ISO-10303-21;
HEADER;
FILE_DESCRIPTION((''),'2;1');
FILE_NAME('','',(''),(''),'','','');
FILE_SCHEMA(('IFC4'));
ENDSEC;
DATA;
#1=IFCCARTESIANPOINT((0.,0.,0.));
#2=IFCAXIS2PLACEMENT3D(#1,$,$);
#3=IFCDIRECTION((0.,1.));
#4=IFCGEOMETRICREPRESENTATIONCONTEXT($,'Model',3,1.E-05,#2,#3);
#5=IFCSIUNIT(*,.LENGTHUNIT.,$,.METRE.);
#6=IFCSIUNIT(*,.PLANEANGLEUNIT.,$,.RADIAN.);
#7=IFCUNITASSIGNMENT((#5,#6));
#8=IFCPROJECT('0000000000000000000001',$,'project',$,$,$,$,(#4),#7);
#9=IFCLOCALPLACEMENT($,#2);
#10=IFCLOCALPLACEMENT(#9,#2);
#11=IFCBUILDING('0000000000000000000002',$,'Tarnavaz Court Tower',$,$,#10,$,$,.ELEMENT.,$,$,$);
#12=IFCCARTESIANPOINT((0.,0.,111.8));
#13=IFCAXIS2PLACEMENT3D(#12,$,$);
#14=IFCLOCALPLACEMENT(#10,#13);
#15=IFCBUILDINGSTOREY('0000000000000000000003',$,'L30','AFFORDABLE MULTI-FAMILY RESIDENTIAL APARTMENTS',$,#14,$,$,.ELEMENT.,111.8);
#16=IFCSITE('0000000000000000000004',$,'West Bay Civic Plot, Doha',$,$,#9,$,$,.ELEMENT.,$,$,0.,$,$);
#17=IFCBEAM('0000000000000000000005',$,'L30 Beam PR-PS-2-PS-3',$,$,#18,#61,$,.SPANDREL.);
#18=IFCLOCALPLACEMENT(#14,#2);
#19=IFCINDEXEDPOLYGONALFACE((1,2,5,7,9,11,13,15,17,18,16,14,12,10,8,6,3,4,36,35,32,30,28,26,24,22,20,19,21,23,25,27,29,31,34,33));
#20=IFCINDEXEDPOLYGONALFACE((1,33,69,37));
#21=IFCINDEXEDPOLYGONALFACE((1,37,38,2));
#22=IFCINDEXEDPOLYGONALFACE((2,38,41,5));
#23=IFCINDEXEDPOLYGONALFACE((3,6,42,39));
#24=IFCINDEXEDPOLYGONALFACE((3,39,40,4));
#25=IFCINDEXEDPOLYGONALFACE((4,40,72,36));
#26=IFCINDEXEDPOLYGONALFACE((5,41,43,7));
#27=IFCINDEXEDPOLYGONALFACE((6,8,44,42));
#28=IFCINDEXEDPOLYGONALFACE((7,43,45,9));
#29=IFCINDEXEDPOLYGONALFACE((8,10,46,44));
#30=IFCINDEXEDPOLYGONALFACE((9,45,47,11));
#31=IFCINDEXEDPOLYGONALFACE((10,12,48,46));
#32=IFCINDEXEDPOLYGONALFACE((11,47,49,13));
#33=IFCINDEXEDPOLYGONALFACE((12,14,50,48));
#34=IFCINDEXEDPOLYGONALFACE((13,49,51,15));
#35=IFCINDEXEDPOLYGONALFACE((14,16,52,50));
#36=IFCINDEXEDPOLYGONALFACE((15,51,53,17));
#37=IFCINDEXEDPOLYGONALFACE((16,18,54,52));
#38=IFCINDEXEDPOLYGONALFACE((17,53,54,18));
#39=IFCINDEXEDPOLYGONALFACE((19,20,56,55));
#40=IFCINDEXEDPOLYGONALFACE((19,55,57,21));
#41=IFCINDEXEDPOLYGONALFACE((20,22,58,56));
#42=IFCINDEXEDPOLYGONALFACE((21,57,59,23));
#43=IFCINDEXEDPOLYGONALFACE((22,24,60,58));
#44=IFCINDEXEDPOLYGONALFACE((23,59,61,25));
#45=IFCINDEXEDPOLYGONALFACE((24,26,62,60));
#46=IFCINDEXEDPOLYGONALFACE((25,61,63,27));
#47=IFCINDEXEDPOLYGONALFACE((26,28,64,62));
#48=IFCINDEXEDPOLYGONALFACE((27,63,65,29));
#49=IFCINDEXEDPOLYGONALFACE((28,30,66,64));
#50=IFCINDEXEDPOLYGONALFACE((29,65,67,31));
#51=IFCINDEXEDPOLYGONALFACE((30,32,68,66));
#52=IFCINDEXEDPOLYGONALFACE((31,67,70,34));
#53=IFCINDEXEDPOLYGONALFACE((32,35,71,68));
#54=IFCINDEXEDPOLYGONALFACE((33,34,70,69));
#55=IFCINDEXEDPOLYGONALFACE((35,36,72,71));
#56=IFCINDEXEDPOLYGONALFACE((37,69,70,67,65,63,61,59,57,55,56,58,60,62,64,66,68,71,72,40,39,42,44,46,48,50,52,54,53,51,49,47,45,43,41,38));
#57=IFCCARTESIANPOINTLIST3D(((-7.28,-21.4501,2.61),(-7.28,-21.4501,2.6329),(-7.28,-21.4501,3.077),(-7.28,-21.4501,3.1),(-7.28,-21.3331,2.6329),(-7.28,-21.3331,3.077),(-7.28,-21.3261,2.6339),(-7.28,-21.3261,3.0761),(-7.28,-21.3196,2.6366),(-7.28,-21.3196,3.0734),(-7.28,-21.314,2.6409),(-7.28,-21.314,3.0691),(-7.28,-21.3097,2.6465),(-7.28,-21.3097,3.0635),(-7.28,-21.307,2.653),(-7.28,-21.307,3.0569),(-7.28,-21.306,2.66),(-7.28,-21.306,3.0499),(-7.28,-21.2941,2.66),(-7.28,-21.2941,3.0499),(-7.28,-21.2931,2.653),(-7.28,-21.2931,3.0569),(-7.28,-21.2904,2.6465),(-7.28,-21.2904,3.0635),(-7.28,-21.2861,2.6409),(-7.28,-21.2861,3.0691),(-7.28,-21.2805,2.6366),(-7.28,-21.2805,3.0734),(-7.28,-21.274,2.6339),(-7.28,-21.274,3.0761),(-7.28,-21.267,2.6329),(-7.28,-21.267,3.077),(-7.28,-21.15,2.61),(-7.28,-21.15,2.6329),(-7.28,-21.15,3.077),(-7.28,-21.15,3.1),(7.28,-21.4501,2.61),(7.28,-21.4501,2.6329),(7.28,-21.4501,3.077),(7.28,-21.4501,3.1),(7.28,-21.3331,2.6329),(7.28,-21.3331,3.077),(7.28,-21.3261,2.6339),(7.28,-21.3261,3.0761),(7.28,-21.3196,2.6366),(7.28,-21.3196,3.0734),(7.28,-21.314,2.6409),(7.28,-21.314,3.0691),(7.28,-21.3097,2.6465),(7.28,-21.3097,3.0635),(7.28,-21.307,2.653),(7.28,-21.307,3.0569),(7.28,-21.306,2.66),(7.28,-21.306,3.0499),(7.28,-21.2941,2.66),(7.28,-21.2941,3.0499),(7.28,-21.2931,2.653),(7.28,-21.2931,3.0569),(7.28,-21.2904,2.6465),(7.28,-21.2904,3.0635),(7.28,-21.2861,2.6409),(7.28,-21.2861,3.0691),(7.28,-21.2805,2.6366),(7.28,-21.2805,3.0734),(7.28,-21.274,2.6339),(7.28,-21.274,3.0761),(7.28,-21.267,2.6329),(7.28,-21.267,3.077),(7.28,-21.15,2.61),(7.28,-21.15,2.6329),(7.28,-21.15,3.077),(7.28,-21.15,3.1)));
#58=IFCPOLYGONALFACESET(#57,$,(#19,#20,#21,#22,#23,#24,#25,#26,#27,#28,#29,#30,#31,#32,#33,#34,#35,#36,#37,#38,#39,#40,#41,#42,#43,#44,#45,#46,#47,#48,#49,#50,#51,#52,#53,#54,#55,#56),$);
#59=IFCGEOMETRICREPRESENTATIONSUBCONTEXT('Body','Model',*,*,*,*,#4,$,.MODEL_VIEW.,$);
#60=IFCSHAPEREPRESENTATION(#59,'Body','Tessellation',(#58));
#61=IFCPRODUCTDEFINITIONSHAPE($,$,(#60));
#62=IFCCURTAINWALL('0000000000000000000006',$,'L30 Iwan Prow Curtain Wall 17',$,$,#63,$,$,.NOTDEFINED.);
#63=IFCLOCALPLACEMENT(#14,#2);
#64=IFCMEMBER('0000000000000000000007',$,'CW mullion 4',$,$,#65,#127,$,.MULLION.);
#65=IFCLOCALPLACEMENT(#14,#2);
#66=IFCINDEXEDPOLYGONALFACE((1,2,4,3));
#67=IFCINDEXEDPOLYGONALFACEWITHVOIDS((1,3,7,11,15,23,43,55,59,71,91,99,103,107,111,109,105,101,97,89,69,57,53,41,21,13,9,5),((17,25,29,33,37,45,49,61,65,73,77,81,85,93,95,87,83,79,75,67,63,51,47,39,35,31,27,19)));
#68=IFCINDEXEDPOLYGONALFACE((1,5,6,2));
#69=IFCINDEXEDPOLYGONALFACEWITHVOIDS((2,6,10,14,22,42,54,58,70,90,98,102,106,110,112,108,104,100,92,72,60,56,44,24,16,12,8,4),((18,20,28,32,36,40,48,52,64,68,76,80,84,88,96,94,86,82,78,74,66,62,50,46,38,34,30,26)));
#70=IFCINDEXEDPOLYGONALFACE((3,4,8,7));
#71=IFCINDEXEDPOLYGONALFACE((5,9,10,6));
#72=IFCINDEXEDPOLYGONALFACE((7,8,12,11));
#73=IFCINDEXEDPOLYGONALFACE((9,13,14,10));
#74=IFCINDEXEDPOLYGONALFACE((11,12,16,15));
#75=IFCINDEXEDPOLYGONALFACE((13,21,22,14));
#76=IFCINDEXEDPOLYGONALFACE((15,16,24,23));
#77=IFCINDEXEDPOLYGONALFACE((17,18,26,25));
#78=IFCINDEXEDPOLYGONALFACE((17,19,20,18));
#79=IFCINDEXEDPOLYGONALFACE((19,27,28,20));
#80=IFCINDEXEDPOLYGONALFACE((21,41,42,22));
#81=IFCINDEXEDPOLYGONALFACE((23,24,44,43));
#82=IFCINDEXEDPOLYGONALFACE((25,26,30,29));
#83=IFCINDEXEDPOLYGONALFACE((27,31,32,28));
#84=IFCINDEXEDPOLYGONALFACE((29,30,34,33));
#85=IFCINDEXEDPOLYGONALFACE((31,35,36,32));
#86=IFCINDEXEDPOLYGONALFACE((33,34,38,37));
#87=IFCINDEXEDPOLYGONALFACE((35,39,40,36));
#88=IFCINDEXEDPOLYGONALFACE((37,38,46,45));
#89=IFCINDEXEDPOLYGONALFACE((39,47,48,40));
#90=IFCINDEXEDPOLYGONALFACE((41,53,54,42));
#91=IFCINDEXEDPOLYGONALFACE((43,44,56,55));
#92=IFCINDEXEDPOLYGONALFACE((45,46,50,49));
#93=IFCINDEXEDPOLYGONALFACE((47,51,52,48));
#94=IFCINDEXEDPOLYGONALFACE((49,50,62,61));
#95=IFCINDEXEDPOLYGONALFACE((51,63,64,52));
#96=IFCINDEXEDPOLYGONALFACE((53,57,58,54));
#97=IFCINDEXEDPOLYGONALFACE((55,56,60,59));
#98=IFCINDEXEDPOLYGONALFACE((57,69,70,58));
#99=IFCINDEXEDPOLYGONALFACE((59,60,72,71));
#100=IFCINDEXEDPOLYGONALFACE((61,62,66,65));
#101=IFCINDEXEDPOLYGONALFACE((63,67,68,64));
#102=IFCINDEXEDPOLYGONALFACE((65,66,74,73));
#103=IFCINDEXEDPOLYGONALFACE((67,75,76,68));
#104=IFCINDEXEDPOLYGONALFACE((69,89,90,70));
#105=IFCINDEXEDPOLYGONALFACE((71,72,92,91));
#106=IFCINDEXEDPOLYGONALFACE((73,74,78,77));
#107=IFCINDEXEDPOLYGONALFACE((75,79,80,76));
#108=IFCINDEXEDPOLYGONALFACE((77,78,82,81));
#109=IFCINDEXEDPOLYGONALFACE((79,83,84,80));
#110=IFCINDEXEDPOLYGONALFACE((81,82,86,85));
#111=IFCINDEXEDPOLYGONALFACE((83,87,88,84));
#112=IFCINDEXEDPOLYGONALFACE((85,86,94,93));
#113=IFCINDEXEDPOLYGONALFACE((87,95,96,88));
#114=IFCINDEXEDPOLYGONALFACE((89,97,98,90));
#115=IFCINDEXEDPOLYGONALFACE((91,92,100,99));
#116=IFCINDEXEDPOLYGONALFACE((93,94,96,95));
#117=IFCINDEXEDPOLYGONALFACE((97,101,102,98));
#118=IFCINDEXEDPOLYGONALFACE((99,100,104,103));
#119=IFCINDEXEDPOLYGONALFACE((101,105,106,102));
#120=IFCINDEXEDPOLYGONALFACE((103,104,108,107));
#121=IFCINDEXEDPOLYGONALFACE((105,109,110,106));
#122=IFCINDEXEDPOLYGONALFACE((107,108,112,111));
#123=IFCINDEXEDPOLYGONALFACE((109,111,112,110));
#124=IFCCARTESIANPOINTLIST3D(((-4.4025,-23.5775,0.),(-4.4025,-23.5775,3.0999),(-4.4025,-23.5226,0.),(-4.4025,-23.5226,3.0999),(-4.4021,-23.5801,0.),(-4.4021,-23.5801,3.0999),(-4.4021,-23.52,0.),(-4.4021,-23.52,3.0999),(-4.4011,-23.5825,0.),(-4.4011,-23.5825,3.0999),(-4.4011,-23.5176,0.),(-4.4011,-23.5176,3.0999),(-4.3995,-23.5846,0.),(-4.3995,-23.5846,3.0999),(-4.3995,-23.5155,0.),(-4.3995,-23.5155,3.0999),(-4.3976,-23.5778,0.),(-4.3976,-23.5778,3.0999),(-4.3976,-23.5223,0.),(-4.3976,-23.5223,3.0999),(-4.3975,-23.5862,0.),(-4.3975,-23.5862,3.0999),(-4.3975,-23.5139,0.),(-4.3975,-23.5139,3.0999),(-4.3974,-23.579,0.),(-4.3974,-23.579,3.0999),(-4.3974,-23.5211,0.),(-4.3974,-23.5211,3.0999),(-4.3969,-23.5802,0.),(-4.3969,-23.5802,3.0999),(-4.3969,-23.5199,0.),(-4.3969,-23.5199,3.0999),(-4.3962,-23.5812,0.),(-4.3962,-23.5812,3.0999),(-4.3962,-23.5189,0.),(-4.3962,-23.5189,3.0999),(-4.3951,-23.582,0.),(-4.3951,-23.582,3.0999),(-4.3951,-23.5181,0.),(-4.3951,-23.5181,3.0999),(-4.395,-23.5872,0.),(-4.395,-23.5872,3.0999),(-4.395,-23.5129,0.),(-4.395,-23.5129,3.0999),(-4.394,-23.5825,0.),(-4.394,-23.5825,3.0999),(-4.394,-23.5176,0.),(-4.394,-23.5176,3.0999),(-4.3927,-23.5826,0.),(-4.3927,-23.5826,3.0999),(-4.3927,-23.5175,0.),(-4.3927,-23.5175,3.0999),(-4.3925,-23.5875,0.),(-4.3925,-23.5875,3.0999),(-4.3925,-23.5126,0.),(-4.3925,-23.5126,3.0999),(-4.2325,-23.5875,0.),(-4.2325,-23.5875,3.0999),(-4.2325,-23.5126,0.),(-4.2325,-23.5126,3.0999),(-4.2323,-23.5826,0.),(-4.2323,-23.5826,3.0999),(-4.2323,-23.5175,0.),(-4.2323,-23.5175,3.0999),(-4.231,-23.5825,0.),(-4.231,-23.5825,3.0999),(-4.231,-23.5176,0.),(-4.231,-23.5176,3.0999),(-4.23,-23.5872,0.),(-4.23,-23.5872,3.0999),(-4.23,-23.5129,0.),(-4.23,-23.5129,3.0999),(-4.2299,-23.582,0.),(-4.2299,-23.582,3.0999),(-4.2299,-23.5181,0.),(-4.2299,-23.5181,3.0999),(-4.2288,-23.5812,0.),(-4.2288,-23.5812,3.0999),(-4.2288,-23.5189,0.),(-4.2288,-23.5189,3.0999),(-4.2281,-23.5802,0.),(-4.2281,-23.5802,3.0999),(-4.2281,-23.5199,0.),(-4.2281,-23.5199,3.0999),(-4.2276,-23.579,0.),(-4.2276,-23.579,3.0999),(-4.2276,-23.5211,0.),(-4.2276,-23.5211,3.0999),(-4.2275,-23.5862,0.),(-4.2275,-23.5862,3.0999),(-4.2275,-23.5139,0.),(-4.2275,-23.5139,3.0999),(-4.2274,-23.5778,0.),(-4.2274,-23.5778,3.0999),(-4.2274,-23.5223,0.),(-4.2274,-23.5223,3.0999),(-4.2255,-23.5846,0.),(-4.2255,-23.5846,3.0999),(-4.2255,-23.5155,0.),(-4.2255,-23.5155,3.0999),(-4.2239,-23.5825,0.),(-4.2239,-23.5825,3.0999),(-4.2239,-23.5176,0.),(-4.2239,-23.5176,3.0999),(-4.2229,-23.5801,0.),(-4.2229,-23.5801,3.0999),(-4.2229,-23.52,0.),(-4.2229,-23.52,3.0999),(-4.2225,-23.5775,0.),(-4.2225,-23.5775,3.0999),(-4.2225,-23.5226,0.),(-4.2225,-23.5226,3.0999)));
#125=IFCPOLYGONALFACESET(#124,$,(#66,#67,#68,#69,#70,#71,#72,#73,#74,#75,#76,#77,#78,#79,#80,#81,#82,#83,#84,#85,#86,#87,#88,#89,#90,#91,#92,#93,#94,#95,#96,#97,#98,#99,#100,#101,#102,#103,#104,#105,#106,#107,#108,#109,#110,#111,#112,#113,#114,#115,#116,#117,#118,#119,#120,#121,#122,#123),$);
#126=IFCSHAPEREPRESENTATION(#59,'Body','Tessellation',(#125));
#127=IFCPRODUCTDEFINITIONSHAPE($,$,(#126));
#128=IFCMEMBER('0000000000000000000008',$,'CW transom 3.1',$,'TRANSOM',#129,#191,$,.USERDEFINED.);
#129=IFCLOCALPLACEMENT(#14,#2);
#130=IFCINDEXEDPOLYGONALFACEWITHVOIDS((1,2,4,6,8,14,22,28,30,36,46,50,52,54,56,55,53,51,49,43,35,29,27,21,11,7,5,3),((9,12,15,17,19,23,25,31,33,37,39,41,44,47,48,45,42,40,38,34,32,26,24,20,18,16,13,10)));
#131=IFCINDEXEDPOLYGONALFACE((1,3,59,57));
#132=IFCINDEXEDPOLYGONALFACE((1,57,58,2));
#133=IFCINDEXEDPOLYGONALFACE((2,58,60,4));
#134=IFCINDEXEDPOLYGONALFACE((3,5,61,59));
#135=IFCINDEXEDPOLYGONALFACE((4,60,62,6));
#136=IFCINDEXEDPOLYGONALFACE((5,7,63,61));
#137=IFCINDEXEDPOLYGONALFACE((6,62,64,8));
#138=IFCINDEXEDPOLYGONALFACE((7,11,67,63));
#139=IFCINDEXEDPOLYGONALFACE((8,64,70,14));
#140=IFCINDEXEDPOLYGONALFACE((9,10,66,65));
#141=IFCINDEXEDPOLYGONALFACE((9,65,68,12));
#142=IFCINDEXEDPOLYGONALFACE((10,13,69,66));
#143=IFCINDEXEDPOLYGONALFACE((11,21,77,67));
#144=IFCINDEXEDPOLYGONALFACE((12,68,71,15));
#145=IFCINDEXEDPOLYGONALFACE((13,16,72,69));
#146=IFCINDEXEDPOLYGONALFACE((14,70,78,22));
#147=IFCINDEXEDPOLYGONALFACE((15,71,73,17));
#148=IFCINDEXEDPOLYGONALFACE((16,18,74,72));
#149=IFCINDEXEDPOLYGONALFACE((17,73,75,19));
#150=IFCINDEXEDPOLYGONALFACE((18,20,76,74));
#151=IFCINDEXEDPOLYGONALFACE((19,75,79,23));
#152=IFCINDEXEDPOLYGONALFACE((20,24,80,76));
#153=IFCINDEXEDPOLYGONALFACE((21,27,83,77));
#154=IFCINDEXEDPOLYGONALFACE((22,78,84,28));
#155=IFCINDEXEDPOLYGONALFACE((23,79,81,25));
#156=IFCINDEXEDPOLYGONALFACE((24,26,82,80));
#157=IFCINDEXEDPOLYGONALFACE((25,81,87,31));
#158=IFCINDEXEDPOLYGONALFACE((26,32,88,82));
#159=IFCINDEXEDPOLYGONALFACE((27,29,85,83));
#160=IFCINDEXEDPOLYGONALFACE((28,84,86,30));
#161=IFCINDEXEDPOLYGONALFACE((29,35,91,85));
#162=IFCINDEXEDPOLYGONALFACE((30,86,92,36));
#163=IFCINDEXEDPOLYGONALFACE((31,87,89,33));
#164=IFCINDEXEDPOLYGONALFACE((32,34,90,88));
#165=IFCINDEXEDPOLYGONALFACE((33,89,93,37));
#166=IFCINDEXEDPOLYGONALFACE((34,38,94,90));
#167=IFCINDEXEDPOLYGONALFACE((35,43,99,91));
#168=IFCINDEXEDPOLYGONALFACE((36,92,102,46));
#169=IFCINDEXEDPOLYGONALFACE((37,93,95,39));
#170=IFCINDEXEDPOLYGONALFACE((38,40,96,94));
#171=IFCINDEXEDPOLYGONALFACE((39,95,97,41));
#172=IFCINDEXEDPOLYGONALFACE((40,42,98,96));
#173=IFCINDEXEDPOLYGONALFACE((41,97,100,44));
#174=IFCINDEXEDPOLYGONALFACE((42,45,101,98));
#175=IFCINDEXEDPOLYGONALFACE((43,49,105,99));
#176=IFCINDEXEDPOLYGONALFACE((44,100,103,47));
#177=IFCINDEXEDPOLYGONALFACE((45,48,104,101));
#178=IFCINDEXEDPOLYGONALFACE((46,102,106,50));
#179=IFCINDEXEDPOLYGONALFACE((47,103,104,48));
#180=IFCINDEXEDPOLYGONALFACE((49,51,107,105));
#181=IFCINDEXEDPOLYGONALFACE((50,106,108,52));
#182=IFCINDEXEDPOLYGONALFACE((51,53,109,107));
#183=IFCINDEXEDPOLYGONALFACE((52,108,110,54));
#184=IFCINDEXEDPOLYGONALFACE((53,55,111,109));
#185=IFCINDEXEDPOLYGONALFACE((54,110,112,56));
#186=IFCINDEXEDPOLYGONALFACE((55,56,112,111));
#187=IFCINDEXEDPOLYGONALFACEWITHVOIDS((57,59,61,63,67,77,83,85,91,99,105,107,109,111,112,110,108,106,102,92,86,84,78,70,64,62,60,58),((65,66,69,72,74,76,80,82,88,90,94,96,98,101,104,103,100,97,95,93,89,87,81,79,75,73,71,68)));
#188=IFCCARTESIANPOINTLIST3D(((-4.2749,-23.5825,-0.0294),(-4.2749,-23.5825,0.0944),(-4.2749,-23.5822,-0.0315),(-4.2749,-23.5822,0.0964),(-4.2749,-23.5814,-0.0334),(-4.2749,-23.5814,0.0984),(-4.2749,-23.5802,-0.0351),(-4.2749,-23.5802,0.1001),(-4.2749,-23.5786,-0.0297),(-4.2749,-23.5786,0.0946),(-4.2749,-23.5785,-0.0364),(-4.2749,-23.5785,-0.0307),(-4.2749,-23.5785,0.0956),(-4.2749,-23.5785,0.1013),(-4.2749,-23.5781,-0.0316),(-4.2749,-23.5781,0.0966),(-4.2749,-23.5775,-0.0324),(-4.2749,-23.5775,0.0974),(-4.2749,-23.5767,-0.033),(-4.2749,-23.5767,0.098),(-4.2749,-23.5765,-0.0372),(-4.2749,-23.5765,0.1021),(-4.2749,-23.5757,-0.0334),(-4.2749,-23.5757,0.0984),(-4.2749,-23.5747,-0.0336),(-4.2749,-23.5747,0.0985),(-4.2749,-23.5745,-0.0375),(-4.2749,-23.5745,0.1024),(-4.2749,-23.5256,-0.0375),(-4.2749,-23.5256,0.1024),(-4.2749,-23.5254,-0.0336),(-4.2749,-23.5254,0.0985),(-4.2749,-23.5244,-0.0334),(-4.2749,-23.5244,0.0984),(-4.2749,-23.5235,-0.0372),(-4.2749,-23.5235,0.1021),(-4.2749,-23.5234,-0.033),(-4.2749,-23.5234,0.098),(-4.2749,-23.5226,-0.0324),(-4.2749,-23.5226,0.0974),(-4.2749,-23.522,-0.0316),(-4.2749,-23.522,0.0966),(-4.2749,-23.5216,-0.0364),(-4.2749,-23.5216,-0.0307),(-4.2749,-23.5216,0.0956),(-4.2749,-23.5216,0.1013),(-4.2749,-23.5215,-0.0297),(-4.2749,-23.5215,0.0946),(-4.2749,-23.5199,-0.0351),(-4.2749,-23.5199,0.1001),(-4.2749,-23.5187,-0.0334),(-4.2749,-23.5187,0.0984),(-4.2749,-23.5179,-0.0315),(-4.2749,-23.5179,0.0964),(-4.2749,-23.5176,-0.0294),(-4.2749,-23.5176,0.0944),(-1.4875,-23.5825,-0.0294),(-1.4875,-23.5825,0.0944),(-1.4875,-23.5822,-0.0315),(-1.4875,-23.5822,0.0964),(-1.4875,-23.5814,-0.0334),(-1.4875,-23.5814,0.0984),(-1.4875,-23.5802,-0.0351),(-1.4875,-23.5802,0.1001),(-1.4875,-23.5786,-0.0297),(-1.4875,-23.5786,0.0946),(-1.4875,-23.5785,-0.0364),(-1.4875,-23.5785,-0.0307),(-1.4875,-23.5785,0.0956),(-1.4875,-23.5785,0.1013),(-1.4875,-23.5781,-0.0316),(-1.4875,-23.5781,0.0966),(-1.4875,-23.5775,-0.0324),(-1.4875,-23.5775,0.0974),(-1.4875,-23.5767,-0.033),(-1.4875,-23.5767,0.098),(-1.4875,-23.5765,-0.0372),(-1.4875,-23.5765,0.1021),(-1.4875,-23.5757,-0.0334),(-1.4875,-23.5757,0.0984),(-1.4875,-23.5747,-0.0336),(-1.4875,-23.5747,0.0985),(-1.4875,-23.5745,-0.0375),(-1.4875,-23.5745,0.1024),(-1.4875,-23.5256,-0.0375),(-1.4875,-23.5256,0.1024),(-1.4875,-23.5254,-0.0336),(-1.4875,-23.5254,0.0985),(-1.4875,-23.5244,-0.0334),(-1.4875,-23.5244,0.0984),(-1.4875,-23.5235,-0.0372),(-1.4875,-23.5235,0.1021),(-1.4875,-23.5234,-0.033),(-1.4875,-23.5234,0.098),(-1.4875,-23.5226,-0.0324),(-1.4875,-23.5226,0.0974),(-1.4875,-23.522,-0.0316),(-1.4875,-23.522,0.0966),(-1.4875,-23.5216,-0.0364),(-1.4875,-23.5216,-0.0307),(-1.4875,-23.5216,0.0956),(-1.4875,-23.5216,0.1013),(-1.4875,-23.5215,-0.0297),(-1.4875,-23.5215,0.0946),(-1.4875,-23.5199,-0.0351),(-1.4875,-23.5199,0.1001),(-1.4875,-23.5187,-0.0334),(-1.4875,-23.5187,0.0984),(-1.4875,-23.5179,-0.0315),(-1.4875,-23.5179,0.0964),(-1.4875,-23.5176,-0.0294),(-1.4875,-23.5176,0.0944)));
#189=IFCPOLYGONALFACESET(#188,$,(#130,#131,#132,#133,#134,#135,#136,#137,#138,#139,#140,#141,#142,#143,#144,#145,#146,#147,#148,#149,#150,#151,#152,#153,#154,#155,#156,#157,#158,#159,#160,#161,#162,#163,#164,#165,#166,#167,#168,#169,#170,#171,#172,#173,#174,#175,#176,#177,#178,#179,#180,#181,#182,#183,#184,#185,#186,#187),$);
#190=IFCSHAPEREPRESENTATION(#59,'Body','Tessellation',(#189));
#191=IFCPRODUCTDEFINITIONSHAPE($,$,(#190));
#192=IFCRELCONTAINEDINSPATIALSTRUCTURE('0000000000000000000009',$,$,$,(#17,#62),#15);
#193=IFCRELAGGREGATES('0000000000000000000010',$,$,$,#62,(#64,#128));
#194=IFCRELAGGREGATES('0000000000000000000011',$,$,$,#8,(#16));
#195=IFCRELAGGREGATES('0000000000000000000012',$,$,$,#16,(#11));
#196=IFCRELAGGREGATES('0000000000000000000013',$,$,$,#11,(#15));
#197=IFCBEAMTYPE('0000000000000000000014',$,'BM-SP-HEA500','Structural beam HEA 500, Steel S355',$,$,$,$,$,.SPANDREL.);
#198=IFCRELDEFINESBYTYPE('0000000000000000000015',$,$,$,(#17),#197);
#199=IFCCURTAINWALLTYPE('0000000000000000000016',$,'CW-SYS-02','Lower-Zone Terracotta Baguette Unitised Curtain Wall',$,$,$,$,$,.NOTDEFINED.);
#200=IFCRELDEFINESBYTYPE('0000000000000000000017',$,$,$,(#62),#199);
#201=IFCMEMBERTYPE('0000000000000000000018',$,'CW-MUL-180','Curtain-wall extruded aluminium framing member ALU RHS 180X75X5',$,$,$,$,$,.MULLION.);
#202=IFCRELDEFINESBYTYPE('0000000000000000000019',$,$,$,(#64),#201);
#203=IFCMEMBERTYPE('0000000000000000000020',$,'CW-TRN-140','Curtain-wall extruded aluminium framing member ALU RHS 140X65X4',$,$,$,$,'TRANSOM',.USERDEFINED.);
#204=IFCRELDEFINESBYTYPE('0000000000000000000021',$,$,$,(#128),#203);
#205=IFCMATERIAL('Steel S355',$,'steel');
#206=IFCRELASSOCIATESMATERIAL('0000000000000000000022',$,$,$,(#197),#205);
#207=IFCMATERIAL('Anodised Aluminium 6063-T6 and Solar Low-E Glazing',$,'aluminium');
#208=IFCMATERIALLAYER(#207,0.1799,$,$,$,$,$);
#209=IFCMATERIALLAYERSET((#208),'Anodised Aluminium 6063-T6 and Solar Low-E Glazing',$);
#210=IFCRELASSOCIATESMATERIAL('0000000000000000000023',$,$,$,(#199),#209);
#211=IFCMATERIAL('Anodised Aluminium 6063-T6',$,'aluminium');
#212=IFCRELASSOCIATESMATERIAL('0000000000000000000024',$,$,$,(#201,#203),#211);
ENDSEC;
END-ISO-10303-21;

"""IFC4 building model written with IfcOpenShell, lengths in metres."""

from ifc_helpers import new_model, si_unit, direction, frame, origin, origin_2d, place, context, subcontext, project, spatial, hollow_rectangle, i_section, extrude, material, layer, layer_set, material_profile, profile_set, type_object, element, aggregate, save


model = new_model("IFC4")

# Units and contexts
model_context = context("Model", 3, precision=1e-05, world=origin(), true_north=direction((0.0, 1.0)))
body_context = subcontext(model_context, "Body", "Model", "MODEL_VIEW")
ifc_project = project(units=[si_unit("LENGTHUNIT", "METRE"), si_unit("PLANEANGLEUNIT", "RADIAN")], contexts=[model_context])

# Site, building, storey
site_placement = place(None, origin())
site = spatial("IfcSite", under=ifc_project, at=site_placement, Name="West Bay Civic Plot, Doha", CompositionType="ELEMENT", RefElevation=0.0)
building_placement = place(site_placement, origin())
building = spatial("IfcBuilding", under=site, at=building_placement, Name="Tarnavaz Court Tower", CompositionType="ELEMENT")
storey_placement = place(building_placement, frame((0.0, 0.0, 111.8)))
storey = spatial("IfcBuildingStorey", under=building, at=storey_placement, Name="L30", Description="AFFORDABLE MULTI-FAMILY RESIDENTIAL APARTMENTS", CompositionType="ELEMENT", Elevation=111.8)

# Beam
ifc_material_1 = material(Name="Steel S355", Category="steel")
ifc_material_profile_1 = material_profile(ifc_material_1, i_section(OverallWidth=0.3, OverallDepth=0.49, WebThickness=0.012, FlangeThickness=0.0229, FilletRadius=0.0271, at=origin_2d()), Name="HEA 500")
ifc_profile_set_1 = profile_set([ifc_material_profile_1], Name="Steel S355")
beam_type_1 = type_object("IfcBeamType", Name="BM-SP-HEA500", Description="Structural beam HEA 500, Steel S355", PredefinedType="SPANDREL", material=ifc_profile_set_1)
beam_1_placement = place(storey_placement, frame((-7.28, -21.3, 2.855), z_axis=(1.0, 0.0, 0.0), x_axis=(0.0, 1.0, 0.0)))
element("IfcBeam", 1, at=beam_1_placement, inside=storey, type_object=beam_type_1, Name="L30 Beam PR-PS-2-PS-3", PredefinedType="SPANDREL", context=body_context, shape_type="SweptSolid", body=[
    extrude(i_section(OverallWidth=0.3, OverallDepth=0.49, WebThickness=0.012, FlangeThickness=0.0229, FilletRadius=0.0271, at=origin_2d()), origin(), (0.0, 0.0, 1.0), 14.5601),
])

# Curtain wall, members
ifc_material_2 = material(Name="Anodised Aluminium 6063-T6 and Solar Low-E Glazing", Category="aluminium")
ifc_layer_1 = layer(ifc_material_2, 0.1799)
ifc_layer_set_1 = layer_set([ifc_layer_1], Name="Anodised Aluminium 6063-T6 and Solar Low-E Glazing")
curtain_wall_type = type_object("IfcCurtainWallType", Name="CW-SYS-02", Description="Lower-Zone Terracotta Baguette Unitised Curtain Wall", PredefinedType="NOTDEFINED", material=ifc_layer_set_1)
curtain_wall_placement = place(storey_placement, origin())
curtain_wall = element("IfcCurtainWall", 2, at=curtain_wall_placement, inside=storey, type_object=curtain_wall_type, Name="L30 Iwan Prow Curtain Wall 17", PredefinedType="NOTDEFINED")
ifc_material_3 = material(Name="Anodised Aluminium 6063-T6", Category="aluminium")
ifc_material_profile_2 = material_profile(ifc_material_3, hollow_rectangle(XDim=0.075, YDim=0.1799, WallThickness=0.0049, InnerFilletRadius=0.0049, OuterFilletRadius=0.01, at=origin_2d()), Name="ALU RHS 180X75X5")
ifc_profile_set_2 = profile_set([ifc_material_profile_2], Name="Anodised Aluminium 6063-T6")
member_type_1 = type_object("IfcMemberType", Name="CW-MUL-180", Description="Curtain-wall extruded aluminium framing member ALU RHS 180X75X5", PredefinedType="MULLION", material=ifc_profile_set_2)
member_1_placement = place(storey_placement, frame((-4.3125, -23.55, 0.0), z_axis=(0.0, 0.0, 1.0), x_axis=(0.0, -1.0, 0.0)))
member_1 = element("IfcMember", 3, at=member_1_placement, type_object=member_type_1, Name="CW mullion 4", PredefinedType="MULLION", context=body_context, shape_type="SweptSolid", body=[
    extrude(hollow_rectangle(XDim=0.075, YDim=0.1799, WallThickness=0.0049, InnerFilletRadius=0.0049, OuterFilletRadius=0.01, at=origin_2d()), origin(), (0.0, 0.0, 1.0), 3.0999),
])
ifc_material_profile_3 = material_profile(ifc_material_3, hollow_rectangle(XDim=0.0649, YDim=0.1399, WallThickness=0.0039, InnerFilletRadius=0.0039, OuterFilletRadius=0.0081, at=origin_2d()), Name="ALU RHS 140X65X4")
ifc_profile_set_3 = profile_set([ifc_material_profile_3], Name="Anodised Aluminium 6063-T6")
member_type_2 = type_object("IfcMemberType", Name="CW-TRN-140", Description="Curtain-wall extruded aluminium framing member ALU RHS 140X65X4", ElementType="TRANSOM", PredefinedType="USERDEFINED", material=ifc_profile_set_3)
member_2_placement = place(storey_placement, frame((-1.4875, -23.55, 0.0325), z_axis=(-1.0, 0.0, 0.0), x_axis=(0.0, -1.0, 0.0)))
member_2 = element("IfcMember", 4, at=member_2_placement, type_object=member_type_2, Name="CW transom 3.1", ObjectType="TRANSOM", PredefinedType="USERDEFINED", context=body_context, shape_type="SweptSolid", body=[
    extrude(hollow_rectangle(XDim=0.0649, YDim=0.1399, WallThickness=0.0039, InnerFilletRadius=0.0039, OuterFilletRadius=0.0081, at=origin_2d()), origin(), (0.0, 0.0, 1.0), 2.7874),
])
aggregate(curtain_wall, [member_1, member_2])

save(model, "model.ifc")
